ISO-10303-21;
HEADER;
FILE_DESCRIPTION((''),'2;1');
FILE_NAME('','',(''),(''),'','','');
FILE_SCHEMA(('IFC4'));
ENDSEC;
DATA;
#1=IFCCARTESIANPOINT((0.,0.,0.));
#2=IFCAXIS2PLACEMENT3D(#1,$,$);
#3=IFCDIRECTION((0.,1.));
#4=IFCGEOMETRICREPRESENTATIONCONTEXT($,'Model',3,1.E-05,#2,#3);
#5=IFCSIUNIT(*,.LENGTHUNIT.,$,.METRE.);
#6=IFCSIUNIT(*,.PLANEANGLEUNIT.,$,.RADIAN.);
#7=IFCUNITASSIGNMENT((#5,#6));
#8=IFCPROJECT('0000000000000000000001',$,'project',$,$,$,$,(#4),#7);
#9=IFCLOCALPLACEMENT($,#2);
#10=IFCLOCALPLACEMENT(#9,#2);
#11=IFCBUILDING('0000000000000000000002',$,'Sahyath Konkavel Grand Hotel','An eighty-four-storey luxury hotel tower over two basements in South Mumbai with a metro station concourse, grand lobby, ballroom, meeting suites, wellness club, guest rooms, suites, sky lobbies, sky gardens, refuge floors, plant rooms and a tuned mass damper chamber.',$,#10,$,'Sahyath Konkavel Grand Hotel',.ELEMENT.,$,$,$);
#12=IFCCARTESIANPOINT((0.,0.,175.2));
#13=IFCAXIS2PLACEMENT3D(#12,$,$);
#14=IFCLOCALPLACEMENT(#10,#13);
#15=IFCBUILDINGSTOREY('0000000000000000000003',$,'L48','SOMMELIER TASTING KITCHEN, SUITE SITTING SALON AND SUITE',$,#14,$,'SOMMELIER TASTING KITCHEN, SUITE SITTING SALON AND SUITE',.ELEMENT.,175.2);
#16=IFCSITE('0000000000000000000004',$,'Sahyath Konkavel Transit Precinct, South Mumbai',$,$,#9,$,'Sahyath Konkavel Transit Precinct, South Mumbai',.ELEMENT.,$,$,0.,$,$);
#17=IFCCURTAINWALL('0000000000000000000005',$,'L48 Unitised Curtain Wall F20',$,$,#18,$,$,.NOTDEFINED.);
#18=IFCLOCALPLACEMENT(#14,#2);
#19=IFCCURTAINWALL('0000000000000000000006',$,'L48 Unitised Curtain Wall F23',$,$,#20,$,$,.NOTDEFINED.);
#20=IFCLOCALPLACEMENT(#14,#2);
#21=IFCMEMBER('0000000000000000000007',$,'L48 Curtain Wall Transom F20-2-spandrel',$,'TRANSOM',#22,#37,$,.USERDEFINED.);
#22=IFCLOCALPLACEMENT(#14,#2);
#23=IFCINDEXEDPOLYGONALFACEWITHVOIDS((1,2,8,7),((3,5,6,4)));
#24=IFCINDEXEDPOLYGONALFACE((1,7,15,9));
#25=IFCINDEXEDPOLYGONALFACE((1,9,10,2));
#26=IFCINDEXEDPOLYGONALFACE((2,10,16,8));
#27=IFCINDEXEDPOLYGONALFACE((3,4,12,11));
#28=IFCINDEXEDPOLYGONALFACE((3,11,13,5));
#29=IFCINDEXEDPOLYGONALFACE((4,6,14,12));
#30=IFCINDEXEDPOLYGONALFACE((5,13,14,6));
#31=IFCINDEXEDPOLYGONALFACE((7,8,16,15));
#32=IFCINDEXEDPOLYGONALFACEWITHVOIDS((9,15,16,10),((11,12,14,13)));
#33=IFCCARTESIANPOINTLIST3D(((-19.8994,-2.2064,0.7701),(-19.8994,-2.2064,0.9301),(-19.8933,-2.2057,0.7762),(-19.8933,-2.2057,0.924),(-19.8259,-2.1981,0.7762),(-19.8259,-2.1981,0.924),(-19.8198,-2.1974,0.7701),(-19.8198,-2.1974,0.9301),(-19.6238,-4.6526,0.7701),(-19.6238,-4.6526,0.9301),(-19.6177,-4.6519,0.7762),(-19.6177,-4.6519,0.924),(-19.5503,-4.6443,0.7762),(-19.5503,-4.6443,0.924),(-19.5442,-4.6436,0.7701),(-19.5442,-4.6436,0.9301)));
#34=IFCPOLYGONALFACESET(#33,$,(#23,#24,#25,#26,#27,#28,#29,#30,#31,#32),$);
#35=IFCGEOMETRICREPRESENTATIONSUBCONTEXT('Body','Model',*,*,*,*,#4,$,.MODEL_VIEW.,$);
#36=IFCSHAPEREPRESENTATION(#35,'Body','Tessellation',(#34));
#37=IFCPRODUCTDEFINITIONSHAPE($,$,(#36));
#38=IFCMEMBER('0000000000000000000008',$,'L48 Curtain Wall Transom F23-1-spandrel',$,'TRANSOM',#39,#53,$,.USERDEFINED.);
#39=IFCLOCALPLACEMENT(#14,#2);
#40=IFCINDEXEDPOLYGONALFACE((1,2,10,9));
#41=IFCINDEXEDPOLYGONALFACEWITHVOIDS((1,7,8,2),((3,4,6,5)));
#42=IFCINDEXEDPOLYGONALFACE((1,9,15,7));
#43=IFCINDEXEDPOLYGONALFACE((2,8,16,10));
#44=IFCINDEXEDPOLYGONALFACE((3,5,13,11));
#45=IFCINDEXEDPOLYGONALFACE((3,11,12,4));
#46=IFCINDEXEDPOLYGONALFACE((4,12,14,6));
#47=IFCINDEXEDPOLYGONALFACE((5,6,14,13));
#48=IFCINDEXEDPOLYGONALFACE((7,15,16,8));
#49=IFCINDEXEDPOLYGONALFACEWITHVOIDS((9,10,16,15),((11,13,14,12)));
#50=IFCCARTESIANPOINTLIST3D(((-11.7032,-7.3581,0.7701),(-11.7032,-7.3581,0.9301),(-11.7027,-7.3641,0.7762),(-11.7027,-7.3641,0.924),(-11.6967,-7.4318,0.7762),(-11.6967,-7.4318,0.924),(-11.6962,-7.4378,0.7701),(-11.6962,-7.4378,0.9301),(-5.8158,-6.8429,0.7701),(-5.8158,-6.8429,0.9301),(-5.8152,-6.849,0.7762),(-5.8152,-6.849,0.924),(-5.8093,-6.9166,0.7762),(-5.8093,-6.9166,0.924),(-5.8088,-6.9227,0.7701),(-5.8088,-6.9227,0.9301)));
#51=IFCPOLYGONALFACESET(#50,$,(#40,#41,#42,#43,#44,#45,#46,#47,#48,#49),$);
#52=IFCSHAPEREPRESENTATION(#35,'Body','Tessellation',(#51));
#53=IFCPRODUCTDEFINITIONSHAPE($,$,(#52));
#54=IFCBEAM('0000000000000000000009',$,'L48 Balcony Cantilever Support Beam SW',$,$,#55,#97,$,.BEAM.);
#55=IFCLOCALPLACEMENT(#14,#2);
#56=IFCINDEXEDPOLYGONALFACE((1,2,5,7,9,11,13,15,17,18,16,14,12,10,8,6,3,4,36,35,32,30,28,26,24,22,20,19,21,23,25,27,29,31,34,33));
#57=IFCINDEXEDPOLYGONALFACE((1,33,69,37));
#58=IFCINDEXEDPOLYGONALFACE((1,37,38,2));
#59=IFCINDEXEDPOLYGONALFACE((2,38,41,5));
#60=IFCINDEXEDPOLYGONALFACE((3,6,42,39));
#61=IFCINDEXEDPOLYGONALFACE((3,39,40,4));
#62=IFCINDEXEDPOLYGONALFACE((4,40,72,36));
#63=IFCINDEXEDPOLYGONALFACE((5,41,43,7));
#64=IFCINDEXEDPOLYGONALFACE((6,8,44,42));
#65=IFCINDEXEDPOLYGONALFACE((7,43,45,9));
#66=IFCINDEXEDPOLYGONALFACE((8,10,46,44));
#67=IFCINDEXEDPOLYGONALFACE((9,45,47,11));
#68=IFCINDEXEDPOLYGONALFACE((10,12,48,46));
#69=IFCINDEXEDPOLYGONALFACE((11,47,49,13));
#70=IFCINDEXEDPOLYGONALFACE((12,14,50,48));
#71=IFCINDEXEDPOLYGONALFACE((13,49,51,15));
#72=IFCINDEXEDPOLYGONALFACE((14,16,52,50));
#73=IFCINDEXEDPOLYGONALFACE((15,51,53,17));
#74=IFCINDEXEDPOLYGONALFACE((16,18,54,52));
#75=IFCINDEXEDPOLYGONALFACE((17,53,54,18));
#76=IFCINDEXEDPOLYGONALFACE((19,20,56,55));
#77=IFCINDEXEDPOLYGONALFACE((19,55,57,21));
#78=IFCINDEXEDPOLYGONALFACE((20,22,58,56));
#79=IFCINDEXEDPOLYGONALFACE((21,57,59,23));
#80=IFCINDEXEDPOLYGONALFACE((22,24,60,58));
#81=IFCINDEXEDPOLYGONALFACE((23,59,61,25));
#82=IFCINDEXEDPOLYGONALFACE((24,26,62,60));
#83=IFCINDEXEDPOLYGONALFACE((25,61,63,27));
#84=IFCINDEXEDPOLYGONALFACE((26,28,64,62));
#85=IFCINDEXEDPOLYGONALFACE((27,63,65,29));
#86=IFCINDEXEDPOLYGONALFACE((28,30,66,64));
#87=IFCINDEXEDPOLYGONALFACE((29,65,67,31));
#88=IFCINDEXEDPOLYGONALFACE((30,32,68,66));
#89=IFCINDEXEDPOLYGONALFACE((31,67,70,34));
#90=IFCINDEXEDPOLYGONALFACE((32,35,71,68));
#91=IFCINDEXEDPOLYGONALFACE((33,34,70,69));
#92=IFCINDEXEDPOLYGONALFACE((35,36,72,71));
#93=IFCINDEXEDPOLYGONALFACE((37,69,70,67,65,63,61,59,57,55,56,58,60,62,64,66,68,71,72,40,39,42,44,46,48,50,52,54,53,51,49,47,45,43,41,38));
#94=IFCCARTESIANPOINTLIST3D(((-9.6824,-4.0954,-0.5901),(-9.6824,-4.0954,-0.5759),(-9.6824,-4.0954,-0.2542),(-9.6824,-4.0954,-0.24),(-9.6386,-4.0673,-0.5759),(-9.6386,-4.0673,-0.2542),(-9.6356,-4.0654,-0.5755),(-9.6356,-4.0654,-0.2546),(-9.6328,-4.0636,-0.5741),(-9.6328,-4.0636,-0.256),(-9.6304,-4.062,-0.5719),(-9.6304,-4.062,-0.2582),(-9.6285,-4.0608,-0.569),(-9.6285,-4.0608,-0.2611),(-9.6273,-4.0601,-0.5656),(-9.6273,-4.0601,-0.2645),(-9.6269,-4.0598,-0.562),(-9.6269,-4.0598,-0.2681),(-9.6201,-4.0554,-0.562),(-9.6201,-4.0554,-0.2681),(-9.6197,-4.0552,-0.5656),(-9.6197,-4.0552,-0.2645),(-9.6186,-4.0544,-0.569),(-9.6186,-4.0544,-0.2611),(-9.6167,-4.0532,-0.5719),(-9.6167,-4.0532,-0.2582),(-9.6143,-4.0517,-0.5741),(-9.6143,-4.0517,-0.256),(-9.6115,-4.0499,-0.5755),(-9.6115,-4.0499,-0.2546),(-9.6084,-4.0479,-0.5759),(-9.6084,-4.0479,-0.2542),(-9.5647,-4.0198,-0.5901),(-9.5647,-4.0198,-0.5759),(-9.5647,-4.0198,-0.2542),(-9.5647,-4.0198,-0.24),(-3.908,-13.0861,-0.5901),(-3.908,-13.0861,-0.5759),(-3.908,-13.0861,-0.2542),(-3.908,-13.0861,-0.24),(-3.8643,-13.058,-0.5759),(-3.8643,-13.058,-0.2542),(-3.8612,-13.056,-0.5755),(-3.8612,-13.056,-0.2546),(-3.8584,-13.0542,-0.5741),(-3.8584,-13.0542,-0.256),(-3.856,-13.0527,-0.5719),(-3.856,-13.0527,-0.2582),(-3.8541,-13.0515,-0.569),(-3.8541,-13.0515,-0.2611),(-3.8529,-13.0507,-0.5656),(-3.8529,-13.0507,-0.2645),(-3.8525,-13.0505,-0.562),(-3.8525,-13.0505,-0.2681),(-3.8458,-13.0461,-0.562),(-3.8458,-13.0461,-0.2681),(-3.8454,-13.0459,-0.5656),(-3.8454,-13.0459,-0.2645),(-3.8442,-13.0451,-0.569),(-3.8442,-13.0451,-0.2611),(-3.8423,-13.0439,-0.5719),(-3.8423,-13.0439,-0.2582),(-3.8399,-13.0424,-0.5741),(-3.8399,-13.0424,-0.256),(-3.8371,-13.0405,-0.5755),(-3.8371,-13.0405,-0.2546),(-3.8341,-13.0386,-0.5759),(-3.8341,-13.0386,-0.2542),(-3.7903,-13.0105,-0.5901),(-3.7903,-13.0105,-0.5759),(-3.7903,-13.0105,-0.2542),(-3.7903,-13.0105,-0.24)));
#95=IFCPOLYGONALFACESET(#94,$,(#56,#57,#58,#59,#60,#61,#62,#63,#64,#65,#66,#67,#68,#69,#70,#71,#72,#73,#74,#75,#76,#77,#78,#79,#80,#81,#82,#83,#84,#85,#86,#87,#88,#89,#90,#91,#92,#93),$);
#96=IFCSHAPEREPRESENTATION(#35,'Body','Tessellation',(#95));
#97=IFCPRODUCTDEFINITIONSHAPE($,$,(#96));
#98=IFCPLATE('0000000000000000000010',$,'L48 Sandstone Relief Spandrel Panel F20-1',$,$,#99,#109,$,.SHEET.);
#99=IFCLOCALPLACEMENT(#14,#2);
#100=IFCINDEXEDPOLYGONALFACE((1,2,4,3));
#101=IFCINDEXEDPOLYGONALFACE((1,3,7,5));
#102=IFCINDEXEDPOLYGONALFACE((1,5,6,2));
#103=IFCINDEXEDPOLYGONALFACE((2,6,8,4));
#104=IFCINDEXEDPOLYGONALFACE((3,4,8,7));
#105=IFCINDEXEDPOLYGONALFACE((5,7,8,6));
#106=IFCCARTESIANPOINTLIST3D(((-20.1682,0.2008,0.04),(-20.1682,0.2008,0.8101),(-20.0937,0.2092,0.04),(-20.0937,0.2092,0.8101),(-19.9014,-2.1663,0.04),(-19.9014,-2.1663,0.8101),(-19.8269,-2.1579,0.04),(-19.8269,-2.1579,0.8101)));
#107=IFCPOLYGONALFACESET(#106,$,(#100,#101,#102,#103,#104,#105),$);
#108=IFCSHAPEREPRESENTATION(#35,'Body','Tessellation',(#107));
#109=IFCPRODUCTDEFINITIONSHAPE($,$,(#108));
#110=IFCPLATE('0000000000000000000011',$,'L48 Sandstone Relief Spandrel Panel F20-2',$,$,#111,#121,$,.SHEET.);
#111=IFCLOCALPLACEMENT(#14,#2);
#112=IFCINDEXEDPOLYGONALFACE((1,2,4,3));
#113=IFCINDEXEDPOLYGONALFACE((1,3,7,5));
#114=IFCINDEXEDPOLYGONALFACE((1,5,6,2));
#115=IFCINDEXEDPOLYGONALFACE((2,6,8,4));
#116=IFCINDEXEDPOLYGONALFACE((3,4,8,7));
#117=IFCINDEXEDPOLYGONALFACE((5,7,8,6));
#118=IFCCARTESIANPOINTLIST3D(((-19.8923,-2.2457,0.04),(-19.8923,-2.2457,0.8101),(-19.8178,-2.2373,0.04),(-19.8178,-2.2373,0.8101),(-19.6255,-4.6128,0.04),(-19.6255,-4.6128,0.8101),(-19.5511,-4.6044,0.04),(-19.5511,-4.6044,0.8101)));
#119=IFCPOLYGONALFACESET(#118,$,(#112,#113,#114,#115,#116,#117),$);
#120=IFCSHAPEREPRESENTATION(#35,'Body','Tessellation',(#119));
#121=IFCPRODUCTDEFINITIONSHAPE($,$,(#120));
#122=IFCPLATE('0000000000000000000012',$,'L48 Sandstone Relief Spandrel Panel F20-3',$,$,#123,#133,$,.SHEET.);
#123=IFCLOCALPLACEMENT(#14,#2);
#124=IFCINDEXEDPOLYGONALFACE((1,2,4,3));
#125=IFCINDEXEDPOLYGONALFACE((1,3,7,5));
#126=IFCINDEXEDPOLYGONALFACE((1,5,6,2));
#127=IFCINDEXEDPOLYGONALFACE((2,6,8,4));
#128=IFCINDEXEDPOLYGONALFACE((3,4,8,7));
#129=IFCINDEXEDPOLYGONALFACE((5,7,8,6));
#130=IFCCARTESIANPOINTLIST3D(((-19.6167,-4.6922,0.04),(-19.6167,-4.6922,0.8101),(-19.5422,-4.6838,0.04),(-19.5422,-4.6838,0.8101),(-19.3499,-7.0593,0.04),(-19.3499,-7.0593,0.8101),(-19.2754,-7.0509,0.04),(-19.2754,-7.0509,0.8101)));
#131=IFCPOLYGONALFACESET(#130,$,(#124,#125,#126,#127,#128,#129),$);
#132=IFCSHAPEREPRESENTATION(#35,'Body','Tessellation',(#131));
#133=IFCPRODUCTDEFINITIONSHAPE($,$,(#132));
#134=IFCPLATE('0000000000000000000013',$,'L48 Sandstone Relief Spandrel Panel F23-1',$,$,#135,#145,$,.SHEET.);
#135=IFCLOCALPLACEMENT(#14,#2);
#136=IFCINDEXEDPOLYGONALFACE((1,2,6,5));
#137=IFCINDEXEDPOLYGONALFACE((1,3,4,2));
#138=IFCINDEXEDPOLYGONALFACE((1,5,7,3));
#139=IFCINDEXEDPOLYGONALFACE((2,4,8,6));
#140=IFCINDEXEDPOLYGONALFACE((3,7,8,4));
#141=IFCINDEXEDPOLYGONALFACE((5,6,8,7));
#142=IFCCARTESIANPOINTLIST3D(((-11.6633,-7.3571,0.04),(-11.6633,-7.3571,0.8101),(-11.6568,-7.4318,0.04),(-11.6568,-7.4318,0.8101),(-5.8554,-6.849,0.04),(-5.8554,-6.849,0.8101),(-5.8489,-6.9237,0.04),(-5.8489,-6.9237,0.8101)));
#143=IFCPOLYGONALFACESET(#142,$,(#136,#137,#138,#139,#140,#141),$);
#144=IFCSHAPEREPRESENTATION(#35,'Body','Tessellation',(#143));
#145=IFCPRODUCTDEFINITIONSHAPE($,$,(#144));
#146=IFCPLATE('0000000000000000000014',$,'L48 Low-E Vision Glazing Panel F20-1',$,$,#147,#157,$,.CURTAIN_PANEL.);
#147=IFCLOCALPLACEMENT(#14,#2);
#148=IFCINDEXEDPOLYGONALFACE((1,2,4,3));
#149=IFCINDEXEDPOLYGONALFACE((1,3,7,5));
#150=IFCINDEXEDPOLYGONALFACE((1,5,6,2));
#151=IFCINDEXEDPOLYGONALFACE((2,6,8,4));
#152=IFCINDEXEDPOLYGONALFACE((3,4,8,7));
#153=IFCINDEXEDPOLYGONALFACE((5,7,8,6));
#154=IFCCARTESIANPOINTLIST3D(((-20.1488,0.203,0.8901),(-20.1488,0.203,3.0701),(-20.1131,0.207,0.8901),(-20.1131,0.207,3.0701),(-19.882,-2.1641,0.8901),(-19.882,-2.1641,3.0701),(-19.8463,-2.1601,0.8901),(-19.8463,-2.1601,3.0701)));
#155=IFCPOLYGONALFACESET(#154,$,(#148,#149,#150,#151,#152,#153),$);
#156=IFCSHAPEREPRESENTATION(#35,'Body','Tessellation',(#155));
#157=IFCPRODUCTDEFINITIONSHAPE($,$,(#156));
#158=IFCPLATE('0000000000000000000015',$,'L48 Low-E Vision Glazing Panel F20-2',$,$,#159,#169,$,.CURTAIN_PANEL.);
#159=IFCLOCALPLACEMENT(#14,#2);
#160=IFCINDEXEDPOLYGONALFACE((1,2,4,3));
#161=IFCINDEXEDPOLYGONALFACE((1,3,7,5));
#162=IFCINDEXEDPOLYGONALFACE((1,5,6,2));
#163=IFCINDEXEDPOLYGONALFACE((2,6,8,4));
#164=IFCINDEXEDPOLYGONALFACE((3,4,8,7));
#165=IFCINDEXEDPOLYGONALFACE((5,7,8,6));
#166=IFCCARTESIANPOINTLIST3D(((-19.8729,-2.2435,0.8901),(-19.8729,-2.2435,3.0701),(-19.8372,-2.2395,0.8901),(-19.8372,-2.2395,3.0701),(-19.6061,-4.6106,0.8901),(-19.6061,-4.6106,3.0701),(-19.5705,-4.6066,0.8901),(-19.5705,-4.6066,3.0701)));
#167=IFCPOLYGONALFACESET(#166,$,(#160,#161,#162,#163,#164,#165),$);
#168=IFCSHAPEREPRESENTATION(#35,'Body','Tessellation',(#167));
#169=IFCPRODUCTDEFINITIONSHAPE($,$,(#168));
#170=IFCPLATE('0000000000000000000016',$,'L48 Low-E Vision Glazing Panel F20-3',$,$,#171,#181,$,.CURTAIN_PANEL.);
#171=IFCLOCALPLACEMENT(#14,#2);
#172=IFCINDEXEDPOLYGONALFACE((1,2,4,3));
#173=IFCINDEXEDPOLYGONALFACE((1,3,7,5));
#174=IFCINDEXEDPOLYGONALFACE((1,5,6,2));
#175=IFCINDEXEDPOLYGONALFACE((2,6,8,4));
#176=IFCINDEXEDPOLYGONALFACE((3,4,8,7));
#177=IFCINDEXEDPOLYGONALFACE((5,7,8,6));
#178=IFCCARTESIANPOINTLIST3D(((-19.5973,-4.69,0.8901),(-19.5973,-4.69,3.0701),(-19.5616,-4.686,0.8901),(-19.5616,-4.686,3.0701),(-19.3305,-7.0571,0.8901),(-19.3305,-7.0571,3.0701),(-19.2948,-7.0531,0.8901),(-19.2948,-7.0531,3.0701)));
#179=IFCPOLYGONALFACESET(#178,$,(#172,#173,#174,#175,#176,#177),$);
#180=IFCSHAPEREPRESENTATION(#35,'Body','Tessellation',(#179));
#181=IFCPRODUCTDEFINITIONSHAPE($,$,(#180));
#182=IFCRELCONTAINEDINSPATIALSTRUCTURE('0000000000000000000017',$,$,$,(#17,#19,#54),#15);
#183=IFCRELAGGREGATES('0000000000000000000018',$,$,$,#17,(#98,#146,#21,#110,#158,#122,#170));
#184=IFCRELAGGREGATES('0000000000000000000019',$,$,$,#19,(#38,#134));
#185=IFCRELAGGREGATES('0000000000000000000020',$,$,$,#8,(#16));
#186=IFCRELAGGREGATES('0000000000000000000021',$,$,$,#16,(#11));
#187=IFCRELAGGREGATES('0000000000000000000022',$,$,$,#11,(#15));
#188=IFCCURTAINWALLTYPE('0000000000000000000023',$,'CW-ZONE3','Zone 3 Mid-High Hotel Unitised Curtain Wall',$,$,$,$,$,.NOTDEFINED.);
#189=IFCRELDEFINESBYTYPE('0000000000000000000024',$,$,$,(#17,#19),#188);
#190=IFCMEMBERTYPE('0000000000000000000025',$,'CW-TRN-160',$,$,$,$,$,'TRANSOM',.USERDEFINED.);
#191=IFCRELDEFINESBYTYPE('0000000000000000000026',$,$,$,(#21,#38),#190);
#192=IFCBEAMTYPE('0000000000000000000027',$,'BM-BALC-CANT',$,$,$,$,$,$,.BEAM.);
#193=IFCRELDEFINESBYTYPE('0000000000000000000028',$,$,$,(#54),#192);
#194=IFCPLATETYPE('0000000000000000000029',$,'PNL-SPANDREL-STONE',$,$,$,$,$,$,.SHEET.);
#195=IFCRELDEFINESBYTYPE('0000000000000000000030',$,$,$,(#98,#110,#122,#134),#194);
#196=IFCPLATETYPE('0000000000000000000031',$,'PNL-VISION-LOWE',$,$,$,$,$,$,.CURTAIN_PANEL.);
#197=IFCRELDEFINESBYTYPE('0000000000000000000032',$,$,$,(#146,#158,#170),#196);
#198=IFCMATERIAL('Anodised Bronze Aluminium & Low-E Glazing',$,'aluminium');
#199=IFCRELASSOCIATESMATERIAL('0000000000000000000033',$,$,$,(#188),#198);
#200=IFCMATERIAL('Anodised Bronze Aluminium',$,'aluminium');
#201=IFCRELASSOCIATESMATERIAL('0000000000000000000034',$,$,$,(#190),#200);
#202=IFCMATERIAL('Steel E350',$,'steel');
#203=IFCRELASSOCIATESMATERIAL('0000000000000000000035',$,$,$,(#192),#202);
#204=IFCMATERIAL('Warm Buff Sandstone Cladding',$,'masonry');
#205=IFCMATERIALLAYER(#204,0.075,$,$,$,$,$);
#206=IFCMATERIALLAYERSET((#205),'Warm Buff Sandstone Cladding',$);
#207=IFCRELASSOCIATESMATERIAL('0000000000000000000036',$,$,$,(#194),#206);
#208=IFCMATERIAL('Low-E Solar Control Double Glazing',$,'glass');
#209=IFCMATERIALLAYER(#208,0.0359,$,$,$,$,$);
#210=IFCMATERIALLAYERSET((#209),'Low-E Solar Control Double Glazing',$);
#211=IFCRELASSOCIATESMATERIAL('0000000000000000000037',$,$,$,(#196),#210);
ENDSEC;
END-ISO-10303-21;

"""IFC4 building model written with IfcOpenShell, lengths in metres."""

from ifc_helpers import new_model, si_unit, direction, frame, origin, origin_2d, place, context, subcontext, project, spatial, rectangle, hollow_rectangle, i_section, extrude, source, transform, mapped, material, layer, layer_set, material_profile, profile_set, type_object, element, aggregate, save


model = new_model("IFC4")

# Units and contexts
model_context = context("Model", 3, precision=1e-05, world=origin(), true_north=direction((0.0, 1.0)))
body_context = subcontext(model_context, "Body", "Model", "MODEL_VIEW")
ifc_project = project(units=[si_unit("LENGTHUNIT", "METRE"), si_unit("PLANEANGLEUNIT", "RADIAN")], contexts=[model_context])

# Site, building, storey
site_placement = place(None, origin())
site = spatial("IfcSite", under=ifc_project, at=site_placement, Name="Sahyath Konkavel Transit Precinct, South Mumbai", LongName="Sahyath Konkavel Transit Precinct, South Mumbai", CompositionType="ELEMENT", RefElevation=0.0)
building_placement = place(site_placement, origin())
building = spatial("IfcBuilding", under=site, at=building_placement, Name="Sahyath Konkavel Grand Hotel", Description="An eighty-four-storey luxury hotel tower over two basements in South Mumbai with a metro station concourse, grand lobby, ballroom, meeting suites, wellness club, guest rooms, suites, sky lobbies, sky gardens, refuge floors, plant rooms and a tuned mass damper chamber.", LongName="Sahyath Konkavel Grand Hotel", CompositionType="ELEMENT")
storey_placement = place(building_placement, frame((0.0, 0.0, 175.2)))
storey = spatial("IfcBuildingStorey", under=building, at=storey_placement, Name="L48", Description="SOMMELIER TASTING KITCHEN, SUITE SITTING SALON AND SUITE", LongName="SOMMELIER TASTING KITCHEN, SUITE SITTING SALON AND SUITE", CompositionType="ELEMENT", Elevation=175.2)

# Shared definitions
ifc_material_1 = material(Name="Steel E350", Category="steel")

# Curtain wall
ifc_material_2 = material(Name="Anodised Bronze Aluminium & Low-E Glazing", Category="aluminium")
curtain_wall_type = type_object("IfcCurtainWallType", Name="CW-ZONE3", Description="Zone 3 Mid-High Hotel Unitised Curtain Wall", PredefinedType="NOTDEFINED", material=ifc_material_2)
curtain_wall_1_placement = place(storey_placement, origin())
curtain_wall_1 = element("IfcCurtainWall", 1, at=curtain_wall_1_placement, inside=storey, type_object=curtain_wall_type, Name="L48 Unitised Curtain Wall F20", PredefinedType="NOTDEFINED")
ifc_material_3 = material(Name="Anodised Bronze Aluminium", Category="aluminium")

# Curtain wall
curtain_wall_2_placement = place(storey_placement, origin())
curtain_wall_2 = element("IfcCurtainWall", 2, at=curtain_wall_2_placement, inside=storey, type_object=curtain_wall_type, Name="L48 Unitised Curtain Wall F23", PredefinedType="NOTDEFINED")

# Members
ifc_material_profile_1 = material_profile(ifc_material_3, hollow_rectangle(XDim=0.0801, YDim=0.1599, WallThickness=0.0061, at=origin_2d()), Name="RHS 160x80x6")
ifc_profile_set_1 = profile_set([ifc_material_profile_1], Name="Anodised Bronze Aluminium")
member_type_1 = type_object("IfcMemberType", Name="CW-TRN-160", ElementType="TRANSOM", PredefinedType="USERDEFINED", material=ifc_profile_set_1)
shared_shape_1 = source(origin(), body_context, "Body", "SweptSolid", [
    extrude(hollow_rectangle(XDim=0.0801, YDim=0.1599, WallThickness=0.0061, at=origin_2d()), origin(), (0.0, 0.0, 1.0), 2.4617),
])
member_1_placement = place(storey_placement, frame((-19.8596, -2.2019, 0.8501), z_axis=(0.111966, -0.993712, 0.0), x_axis=(0.993712, 0.111966, 0.0)))
member_1 = element("IfcMember", 3, at=member_1_placement, type_object=member_type_1, Name="L48 Curtain Wall Transom F20-2-spandrel", ObjectType="TRANSOM", PredefinedType="USERDEFINED", context=body_context, shape_type="MappedRepresentation", body=[
    mapped(shared_shape_1, transform((0.0, 0.0, 0.0), scale=1.0)),
])
shared_shape_2 = source(origin(), body_context, "Body", "SweptSolid", [
    extrude(hollow_rectangle(XDim=0.0801, YDim=0.1599, WallThickness=0.0061, at=origin_2d()), origin(), (0.0, 0.0, 1.0), 5.9099),
])
member_2_placement = place(storey_placement, frame((-11.6997, -7.3979, 0.8501), z_axis=(0.996194, 0.087164, 0.0), x_axis=(-0.087164, 0.996194, 0.0)))
member_2 = element("IfcMember", 4, at=member_2_placement, type_object=member_type_1, Name="L48 Curtain Wall Transom F23-1-spandrel", ObjectType="TRANSOM", PredefinedType="USERDEFINED", context=body_context, shape_type="MappedRepresentation", body=[
    mapped(shared_shape_2, transform((0.0, 0.0, 0.0), scale=1.0)),
])

# Beam
ifc_material_profile_2 = material_profile(ifc_material_1, i_section(OverallWidth=0.1399, OverallDepth=0.3501, WebThickness=0.0081, FlangeThickness=0.0142, FilletRadius=0.0139, at=origin_2d()), Name="ISMB 350")
ifc_profile_set_2 = profile_set([ifc_material_profile_2], Name="Steel E350")
beam_type_1 = type_object("IfcBeamType", Name="BM-BALC-CANT", PredefinedType="BEAM", material=ifc_profile_set_2)
shared_shape_3 = source(origin(), body_context, "Body", "SweptSolid", [
    extrude(i_section(OverallWidth=0.1399, OverallDepth=0.3501, WebThickness=0.0081, FlangeThickness=0.0142, FilletRadius=0.0139, at=origin_2d()), origin(), (0.0, 0.0, 1.0), 10.6853),
])
beam_1_placement = place(storey_placement, frame((-9.6235, -4.0576, -0.415), z_axis=(0.540404, -0.841406, 0.0), x_axis=(0.841406, 0.540404, 0.0)))
element("IfcBeam", 5, at=beam_1_placement, inside=storey, type_object=beam_type_1, Name="L48 Balcony Cantilever Support Beam SW", PredefinedType="BEAM", context=body_context, shape_type="MappedRepresentation", body=[
    mapped(shared_shape_3, transform((0.0, 0.0, 0.0), scale=1.0)),
])

# Plates
ifc_material_4 = material(Name="Warm Buff Sandstone Cladding", Category="masonry")
ifc_layer_1 = layer(ifc_material_4, 0.075)
ifc_layer_set_1 = layer_set([ifc_layer_1], Name="Warm Buff Sandstone Cladding")
plate_type_1 = type_object("IfcPlateType", Name="PNL-SPANDREL-STONE", PredefinedType="SHEET", material=ifc_layer_set_1)
shared_shape_4 = source(origin(), body_context, "Body", "SweptSolid", [
    extrude(rectangle(XDim=2.3821, YDim=0.075, at=origin_2d()), origin(), (0.0, 0.0, 1.0), 0.77),
])
plate_1_placement = place(storey_placement, frame((-19.9976, -0.9785, 0.04), z_axis=(0.0, 0.0, 1.0), x_axis=(0.111989, -0.993709, 0.0)))
plate_1 = element("IfcPlate", 6, at=plate_1_placement, type_object=plate_type_1, Name="L48 Sandstone Relief Spandrel Panel F20-1", PredefinedType="SHEET", context=body_context, shape_type="MappedRepresentation", body=[
    mapped(shared_shape_4, transform((0.0, 0.0, 0.0), scale=1.0)),
])
plate_2_placement = place(storey_placement, frame((-19.7217, -3.425, 0.04), z_axis=(0.0, 0.0, 1.0), x_axis=(0.111989, -0.993709, 0.0)))
plate_2 = element("IfcPlate", 7, at=plate_2_placement, type_object=plate_type_1, Name="L48 Sandstone Relief Spandrel Panel F20-2", PredefinedType="SHEET", context=body_context, shape_type="MappedRepresentation", body=[
    mapped(shared_shape_4, transform((0.0, 0.0, 0.0), scale=1.0)),
])
plate_3_placement = place(storey_placement, frame((-19.446, -5.8716, 0.04), z_axis=(0.0, 0.0, 1.0), x_axis=(0.111989, -0.993709, 0.0)))
plate_3 = element("IfcPlate", 8, at=plate_3_placement, type_object=plate_type_1, Name="L48 Sandstone Relief Spandrel Panel F20-3", PredefinedType="SHEET", context=body_context, shape_type="MappedRepresentation", body=[
    mapped(shared_shape_4, transform((0.0, 0.0, 0.0), scale=1.0)),
])
shared_shape_5 = source(origin(), body_context, "Body", "SweptSolid", [
    extrude(rectangle(XDim=5.8301, YDim=0.075, at=origin_2d()), origin(), (0.0, 0.0, 1.0), 0.77),
])
plate_4_placement = place(storey_placement, frame((-8.7561, -7.1404, 0.04), z_axis=(0.0, 0.0, 1.0), x_axis=(0.996195, 0.087156, 0.0)))
plate_4 = element("IfcPlate", 9, at=plate_4_placement, type_object=plate_type_1, Name="L48 Sandstone Relief Spandrel Panel F23-1", PredefinedType="SHEET", context=body_context, shape_type="MappedRepresentation", body=[
    mapped(shared_shape_5, transform((0.0, 0.0, 0.0), scale=1.0)),
])
ifc_material_5 = material(Name="Low-E Solar Control Double Glazing", Category="glass")
ifc_layer_2 = layer(ifc_material_5, 0.0359)
ifc_layer_set_2 = layer_set([ifc_layer_2], Name="Low-E Solar Control Double Glazing")
plate_type_2 = type_object("IfcPlateType", Name="PNL-VISION-LOWE", PredefinedType="CURTAIN_PANEL", material=ifc_layer_set_2)
shared_shape_6 = source(origin(), body_context, "Body", "SweptSolid", [
    extrude(rectangle(XDim=2.3821, YDim=0.0359, at=origin_2d()), origin(), (0.0, 0.0, 1.0), 2.1799),
])
plate_5_placement = place(storey_placement, frame((-19.9976, -0.9785, 0.8901), z_axis=(0.0, 0.0, 1.0), x_axis=(0.111989, -0.993709, 0.0)))
plate_5 = element("IfcPlate", 10, at=plate_5_placement, type_object=plate_type_2, Name="L48 Low-E Vision Glazing Panel F20-1", PredefinedType="CURTAIN_PANEL", context=body_context, shape_type="MappedRepresentation", body=[
    mapped(shared_shape_6, transform((0.0, 0.0, 0.0), scale=1.0)),
])
plate_6_placement = place(storey_placement, frame((-19.7217, -3.425, 0.8901), z_axis=(0.0, 0.0, 1.0), x_axis=(0.111989, -0.993709, 0.0)))
plate_6 = element("IfcPlate", 11, at=plate_6_placement, type_object=plate_type_2, Name="L48 Low-E Vision Glazing Panel F20-2", PredefinedType="CURTAIN_PANEL", context=body_context, shape_type="MappedRepresentation", body=[
    mapped(shared_shape_6, transform((0.0, 0.0, 0.0), scale=1.0)),
])
plate_7_placement = place(storey_placement, frame((-19.446, -5.8716, 0.8901), z_axis=(0.0, 0.0, 1.0), x_axis=(0.111989, -0.993709, 0.0)))
plate_7 = element("IfcPlate", 12, at=plate_7_placement, type_object=plate_type_2, Name="L48 Low-E Vision Glazing Panel F20-3", PredefinedType="CURTAIN_PANEL", context=body_context, shape_type="MappedRepresentation", body=[
    mapped(shared_shape_6, transform((0.0, 0.0, 0.0), scale=1.0)),
])
aggregate(curtain_wall_1, [plate_1, plate_5, member_1, plate_2, plate_6, plate_3, plate_7])
aggregate(curtain_wall_2, [member_2, plate_4])

save(model, "model.ifc")
